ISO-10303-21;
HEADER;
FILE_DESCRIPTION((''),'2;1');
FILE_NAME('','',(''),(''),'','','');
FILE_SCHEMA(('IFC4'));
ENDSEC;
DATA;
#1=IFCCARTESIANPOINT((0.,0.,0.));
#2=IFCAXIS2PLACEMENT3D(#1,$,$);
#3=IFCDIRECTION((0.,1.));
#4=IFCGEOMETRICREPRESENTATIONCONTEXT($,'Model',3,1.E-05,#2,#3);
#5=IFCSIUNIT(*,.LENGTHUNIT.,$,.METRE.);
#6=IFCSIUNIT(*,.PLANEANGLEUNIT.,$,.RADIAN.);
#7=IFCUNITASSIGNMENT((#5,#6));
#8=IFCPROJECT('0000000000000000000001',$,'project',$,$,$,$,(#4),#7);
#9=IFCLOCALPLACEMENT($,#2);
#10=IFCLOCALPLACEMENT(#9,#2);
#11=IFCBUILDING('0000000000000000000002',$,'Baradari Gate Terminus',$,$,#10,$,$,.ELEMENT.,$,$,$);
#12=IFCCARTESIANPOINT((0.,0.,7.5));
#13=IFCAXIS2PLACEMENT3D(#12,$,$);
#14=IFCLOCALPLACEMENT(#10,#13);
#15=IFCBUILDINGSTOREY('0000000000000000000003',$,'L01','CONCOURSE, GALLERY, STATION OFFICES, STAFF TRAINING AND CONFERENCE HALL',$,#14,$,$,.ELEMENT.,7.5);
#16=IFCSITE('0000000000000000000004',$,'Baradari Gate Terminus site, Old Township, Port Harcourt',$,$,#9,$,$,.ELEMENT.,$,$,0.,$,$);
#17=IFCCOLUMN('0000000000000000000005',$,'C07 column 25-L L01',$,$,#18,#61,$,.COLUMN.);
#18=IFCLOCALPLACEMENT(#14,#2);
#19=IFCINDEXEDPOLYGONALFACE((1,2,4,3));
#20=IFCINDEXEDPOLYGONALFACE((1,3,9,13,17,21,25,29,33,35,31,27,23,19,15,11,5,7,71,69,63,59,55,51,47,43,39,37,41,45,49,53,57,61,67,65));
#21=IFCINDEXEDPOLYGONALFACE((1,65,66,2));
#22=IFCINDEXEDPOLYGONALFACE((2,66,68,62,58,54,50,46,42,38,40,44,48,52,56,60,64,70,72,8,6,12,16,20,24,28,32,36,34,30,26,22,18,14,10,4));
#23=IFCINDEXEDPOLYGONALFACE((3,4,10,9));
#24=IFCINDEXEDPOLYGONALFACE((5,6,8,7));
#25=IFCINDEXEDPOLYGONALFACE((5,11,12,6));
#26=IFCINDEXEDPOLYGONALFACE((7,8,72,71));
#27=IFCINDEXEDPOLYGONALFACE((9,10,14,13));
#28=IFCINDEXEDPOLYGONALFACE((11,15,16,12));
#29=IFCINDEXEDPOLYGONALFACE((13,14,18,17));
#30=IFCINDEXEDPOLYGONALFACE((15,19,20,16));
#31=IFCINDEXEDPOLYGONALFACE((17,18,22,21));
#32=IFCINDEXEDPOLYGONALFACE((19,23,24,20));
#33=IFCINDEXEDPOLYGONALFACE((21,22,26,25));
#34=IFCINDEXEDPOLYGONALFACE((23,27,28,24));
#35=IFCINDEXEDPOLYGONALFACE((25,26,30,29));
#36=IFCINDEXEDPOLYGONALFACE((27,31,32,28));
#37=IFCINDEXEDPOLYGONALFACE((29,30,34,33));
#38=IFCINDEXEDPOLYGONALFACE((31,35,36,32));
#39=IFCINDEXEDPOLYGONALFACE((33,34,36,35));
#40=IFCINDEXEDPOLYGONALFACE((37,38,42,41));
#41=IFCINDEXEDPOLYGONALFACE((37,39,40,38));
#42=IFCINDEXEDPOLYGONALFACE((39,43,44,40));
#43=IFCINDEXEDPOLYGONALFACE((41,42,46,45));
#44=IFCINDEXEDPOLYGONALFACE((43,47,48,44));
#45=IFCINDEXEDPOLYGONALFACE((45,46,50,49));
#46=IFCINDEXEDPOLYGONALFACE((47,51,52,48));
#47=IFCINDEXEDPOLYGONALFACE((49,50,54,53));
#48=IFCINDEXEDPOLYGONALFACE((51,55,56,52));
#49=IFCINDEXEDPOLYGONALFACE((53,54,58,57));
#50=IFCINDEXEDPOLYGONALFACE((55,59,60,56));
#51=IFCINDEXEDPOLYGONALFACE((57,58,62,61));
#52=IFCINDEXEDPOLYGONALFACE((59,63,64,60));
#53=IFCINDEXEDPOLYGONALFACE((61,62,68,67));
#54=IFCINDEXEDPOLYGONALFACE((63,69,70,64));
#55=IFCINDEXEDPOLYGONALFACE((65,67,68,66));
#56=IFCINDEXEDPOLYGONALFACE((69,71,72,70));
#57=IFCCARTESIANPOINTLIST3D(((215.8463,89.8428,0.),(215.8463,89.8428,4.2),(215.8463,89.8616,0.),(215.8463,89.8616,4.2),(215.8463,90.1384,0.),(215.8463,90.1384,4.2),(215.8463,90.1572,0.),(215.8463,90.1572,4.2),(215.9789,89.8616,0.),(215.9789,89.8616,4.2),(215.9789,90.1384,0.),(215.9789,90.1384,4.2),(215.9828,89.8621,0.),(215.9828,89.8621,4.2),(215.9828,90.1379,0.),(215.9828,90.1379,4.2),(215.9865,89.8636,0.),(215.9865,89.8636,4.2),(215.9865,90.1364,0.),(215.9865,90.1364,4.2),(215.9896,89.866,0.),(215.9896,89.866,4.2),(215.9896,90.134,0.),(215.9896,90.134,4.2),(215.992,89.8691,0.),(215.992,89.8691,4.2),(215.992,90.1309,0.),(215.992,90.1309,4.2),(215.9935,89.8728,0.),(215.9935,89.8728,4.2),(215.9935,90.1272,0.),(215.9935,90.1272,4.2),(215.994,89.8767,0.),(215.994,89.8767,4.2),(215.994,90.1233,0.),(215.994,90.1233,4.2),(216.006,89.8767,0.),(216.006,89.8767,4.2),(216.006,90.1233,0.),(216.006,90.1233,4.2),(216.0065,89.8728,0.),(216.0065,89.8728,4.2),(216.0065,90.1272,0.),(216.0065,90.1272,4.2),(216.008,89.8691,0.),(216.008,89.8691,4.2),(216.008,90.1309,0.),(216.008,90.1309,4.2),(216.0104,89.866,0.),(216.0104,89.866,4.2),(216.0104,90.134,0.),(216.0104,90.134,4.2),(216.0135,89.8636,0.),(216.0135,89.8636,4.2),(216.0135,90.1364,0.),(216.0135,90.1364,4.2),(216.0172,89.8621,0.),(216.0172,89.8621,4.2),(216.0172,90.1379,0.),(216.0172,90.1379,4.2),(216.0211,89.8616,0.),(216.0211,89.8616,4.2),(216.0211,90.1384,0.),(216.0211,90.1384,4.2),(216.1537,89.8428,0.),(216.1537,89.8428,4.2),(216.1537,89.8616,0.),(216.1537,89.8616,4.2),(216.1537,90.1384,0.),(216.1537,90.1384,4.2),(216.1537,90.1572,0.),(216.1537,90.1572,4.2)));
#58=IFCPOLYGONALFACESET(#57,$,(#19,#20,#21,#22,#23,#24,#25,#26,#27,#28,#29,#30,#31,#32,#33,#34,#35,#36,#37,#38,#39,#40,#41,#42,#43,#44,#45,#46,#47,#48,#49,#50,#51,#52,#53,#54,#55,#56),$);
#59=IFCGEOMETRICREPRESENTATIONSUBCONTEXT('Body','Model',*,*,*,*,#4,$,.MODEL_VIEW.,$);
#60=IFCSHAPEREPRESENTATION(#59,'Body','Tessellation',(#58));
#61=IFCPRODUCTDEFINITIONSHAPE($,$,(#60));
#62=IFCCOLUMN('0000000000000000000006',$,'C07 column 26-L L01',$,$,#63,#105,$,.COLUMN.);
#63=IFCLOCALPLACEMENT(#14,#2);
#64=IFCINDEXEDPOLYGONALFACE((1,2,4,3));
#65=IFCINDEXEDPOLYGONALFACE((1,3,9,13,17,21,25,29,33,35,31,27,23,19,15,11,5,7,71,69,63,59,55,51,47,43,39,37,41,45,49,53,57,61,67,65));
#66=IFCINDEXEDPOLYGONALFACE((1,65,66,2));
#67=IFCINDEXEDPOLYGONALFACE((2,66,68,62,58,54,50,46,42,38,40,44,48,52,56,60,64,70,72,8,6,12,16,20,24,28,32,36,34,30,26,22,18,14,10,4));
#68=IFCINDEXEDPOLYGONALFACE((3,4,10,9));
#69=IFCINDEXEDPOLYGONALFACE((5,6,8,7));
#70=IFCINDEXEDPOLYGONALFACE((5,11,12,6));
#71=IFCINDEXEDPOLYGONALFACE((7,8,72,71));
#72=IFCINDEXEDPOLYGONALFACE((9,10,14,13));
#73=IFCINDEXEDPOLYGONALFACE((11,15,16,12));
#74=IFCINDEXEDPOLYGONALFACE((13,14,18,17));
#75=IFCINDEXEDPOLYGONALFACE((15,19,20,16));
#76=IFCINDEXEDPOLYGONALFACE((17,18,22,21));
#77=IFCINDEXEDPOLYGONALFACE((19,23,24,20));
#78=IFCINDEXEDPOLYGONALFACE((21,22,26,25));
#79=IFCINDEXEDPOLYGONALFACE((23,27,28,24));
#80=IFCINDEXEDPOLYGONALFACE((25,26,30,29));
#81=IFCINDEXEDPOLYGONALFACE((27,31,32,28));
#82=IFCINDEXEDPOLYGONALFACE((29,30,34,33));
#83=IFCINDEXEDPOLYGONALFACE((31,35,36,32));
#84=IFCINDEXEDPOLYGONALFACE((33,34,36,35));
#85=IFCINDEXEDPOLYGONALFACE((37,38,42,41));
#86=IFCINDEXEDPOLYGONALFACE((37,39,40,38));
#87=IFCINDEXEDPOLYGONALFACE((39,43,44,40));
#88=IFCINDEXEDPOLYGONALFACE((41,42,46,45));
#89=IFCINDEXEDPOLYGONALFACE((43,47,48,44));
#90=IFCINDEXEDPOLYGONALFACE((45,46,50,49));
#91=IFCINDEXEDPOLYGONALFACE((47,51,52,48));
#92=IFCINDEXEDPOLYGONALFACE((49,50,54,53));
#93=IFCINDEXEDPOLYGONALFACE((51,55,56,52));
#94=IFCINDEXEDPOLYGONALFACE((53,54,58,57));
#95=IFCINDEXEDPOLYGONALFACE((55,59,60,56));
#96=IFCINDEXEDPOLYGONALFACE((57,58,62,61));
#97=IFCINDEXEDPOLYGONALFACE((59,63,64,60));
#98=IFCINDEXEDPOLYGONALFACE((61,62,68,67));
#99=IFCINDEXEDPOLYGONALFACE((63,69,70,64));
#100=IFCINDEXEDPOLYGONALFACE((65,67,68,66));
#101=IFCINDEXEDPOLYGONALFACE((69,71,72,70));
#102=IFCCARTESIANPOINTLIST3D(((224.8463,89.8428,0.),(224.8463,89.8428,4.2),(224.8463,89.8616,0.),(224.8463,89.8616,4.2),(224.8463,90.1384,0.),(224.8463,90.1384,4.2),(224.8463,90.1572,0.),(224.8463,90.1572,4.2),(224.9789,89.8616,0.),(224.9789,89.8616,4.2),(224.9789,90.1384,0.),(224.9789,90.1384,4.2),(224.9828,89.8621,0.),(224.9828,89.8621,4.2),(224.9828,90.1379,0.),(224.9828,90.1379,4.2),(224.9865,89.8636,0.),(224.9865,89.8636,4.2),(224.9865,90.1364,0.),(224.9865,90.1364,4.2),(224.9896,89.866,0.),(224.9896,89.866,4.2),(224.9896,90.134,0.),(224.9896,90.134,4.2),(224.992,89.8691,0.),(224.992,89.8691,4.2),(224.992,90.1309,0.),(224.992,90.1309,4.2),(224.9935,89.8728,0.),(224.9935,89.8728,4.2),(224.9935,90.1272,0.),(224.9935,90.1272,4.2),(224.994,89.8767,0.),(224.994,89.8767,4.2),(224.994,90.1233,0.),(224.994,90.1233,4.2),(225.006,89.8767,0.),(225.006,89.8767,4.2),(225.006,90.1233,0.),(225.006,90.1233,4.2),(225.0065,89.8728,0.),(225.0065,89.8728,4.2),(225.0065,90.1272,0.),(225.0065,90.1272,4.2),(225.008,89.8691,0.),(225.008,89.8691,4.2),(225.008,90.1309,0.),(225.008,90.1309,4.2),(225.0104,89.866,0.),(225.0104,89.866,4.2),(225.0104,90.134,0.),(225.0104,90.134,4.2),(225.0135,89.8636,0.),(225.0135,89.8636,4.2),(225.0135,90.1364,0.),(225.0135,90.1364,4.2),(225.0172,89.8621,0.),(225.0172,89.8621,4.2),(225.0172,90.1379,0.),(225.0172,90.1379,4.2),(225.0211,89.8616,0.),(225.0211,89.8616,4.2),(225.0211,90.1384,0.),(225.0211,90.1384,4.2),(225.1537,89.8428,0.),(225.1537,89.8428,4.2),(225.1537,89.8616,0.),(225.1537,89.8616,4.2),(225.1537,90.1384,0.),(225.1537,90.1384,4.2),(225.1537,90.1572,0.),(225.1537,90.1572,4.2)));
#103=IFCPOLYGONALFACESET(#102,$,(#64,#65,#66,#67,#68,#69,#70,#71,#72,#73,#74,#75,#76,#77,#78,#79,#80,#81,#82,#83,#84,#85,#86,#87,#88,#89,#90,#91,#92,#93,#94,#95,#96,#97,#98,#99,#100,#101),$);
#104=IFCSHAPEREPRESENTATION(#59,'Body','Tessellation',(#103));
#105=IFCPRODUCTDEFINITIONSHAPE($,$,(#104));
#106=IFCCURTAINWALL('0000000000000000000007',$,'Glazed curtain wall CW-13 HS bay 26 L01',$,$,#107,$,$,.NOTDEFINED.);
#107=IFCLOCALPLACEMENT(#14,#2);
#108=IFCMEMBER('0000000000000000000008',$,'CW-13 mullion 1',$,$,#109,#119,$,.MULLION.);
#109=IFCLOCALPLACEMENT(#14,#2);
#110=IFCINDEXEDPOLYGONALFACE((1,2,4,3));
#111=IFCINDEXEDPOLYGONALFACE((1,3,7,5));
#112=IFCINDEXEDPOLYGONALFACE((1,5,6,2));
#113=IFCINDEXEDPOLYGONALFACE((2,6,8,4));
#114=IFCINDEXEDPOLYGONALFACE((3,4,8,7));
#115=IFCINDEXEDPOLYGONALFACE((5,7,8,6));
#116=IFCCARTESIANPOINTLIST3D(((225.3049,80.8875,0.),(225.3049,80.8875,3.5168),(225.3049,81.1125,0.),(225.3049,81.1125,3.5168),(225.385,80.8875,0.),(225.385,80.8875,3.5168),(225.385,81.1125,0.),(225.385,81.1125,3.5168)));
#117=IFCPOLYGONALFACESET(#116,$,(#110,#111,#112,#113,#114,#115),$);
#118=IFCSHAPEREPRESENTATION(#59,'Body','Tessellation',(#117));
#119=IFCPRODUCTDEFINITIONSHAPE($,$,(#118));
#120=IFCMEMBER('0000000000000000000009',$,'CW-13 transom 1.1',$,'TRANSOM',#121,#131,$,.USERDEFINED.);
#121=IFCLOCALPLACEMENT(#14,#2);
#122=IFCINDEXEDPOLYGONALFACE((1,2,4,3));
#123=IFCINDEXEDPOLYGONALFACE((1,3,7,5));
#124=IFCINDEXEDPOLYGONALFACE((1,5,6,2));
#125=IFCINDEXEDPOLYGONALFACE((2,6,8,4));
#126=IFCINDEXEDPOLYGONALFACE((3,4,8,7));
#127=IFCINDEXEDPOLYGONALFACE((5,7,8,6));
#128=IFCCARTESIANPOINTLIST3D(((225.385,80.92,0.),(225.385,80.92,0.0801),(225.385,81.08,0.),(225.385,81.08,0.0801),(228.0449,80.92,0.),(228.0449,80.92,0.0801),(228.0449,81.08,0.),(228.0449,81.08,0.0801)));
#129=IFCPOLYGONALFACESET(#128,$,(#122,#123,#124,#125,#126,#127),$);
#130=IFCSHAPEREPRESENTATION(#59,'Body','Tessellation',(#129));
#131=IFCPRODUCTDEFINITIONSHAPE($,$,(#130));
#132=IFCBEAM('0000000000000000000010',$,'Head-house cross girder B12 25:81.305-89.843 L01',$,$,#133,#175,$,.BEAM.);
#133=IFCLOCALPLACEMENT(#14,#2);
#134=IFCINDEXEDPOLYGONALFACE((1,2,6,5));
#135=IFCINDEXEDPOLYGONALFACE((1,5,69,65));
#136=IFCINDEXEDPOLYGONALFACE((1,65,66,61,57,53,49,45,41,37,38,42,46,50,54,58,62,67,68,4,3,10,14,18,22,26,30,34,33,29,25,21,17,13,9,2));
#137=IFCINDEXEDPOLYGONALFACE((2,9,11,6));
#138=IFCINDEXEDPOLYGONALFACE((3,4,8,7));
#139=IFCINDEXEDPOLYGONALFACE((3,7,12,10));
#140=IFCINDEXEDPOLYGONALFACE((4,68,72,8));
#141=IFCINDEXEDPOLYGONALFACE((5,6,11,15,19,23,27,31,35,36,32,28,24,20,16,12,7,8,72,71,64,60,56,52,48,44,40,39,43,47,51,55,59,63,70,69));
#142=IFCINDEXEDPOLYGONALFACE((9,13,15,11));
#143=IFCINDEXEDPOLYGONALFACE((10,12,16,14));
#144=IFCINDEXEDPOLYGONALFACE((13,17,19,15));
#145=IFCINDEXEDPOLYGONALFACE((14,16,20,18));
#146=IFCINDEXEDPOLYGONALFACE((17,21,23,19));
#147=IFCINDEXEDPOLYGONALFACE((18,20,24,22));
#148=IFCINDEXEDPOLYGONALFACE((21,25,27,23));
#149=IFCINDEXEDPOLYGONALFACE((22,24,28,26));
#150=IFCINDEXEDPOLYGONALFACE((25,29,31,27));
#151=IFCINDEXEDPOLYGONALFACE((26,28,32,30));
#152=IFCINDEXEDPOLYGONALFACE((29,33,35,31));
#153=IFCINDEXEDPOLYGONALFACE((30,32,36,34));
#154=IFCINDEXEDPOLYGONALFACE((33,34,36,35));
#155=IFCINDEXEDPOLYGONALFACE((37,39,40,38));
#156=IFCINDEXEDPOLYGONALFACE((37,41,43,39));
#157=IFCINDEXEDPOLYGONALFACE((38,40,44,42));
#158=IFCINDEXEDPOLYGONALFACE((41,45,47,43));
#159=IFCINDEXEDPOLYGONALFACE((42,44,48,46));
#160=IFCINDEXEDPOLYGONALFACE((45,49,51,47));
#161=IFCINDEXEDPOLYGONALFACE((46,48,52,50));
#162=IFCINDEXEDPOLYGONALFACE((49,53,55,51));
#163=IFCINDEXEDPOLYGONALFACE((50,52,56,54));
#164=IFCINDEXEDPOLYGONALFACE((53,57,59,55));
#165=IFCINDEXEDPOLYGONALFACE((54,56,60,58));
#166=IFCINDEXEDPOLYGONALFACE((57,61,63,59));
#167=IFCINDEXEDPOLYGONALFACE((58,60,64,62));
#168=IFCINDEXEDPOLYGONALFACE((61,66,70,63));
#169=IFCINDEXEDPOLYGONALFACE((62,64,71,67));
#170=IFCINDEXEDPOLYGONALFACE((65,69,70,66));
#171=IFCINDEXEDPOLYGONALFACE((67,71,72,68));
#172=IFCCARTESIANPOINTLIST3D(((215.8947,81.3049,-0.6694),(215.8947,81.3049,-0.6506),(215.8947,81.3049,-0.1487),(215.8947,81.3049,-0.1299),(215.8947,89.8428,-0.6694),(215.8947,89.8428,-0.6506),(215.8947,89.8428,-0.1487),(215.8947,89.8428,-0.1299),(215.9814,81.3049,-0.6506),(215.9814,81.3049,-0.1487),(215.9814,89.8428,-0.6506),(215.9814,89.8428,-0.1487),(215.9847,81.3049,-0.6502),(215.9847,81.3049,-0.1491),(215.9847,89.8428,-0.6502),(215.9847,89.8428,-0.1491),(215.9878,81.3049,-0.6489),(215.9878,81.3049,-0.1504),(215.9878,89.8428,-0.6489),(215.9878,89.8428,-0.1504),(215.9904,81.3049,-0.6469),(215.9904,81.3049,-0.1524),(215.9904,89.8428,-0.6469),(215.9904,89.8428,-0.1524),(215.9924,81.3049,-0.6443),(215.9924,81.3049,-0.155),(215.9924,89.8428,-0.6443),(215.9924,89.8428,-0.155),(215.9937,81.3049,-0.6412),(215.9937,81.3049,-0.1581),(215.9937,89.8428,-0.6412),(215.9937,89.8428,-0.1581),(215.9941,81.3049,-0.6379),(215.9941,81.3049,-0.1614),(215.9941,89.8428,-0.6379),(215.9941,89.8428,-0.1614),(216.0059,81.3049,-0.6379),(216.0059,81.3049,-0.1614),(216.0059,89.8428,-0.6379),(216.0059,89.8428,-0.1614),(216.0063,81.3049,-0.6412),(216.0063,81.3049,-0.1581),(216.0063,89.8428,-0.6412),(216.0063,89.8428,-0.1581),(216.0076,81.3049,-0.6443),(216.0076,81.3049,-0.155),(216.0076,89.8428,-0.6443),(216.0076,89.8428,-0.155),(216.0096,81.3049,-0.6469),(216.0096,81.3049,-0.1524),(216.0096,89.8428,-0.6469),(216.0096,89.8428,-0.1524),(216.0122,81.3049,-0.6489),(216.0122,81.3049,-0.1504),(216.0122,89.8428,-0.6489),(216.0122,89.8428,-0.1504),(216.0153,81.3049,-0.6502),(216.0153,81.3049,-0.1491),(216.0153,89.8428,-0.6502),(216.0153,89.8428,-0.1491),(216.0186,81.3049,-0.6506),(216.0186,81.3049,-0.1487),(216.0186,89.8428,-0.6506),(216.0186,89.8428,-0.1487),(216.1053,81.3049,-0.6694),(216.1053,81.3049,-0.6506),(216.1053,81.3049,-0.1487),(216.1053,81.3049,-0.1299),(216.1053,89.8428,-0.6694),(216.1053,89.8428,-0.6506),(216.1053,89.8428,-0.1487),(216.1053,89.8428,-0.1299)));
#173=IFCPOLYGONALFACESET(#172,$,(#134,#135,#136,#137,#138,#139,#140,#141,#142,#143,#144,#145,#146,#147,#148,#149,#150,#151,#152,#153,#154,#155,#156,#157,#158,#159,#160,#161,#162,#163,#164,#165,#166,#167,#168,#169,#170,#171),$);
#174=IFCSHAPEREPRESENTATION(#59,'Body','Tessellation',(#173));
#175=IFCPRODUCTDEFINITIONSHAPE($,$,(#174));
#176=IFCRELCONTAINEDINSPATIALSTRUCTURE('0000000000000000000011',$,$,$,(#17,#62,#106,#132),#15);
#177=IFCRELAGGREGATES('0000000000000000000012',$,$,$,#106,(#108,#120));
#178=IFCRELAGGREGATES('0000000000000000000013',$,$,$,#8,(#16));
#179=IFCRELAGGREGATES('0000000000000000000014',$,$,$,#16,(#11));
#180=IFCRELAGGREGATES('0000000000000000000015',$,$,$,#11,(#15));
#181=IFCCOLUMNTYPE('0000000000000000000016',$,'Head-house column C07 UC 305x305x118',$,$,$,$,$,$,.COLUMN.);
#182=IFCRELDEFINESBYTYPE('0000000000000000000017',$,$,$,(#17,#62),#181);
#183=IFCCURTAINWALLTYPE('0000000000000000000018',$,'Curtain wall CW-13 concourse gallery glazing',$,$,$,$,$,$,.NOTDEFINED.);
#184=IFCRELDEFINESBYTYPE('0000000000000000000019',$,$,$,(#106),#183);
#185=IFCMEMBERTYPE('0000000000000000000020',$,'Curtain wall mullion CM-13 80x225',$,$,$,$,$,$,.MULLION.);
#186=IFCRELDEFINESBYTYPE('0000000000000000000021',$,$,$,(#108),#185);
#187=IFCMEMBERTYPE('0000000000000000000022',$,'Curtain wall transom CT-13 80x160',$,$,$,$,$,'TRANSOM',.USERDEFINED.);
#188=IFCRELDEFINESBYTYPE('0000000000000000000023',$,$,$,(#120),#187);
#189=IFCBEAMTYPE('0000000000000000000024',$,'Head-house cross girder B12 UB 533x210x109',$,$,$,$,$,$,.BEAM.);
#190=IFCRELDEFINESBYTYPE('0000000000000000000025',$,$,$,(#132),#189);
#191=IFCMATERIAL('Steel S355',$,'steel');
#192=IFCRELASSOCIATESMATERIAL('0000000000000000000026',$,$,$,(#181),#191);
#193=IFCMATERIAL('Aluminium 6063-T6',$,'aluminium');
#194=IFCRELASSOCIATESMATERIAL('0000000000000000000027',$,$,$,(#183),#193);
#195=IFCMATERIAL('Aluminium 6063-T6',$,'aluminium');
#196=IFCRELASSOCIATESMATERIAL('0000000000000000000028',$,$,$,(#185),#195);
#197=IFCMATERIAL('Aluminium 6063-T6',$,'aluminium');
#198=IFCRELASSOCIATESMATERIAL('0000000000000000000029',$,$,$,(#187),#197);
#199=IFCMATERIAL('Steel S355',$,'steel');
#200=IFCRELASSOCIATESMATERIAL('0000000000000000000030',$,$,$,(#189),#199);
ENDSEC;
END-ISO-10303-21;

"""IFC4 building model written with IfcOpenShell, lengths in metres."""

from ifc_helpers import new_model, si_unit, direction, frame, origin, origin_2d, place, context, subcontext, project, spatial, rectangle, i_section, extrude, material, material_profile, profile_set, type_object, element, aggregate, save


model = new_model("IFC4")

# Units and contexts
model_context = context("Model", 3, precision=1e-05, world=origin(), true_north=direction((0.0, 1.0)))
body_context = subcontext(model_context, "Body", "Model", "MODEL_VIEW")
ifc_project = project(units=[si_unit("LENGTHUNIT", "METRE"), si_unit("PLANEANGLEUNIT", "RADIAN")], contexts=[model_context])

# Site, building, storey
site_placement = place(None, origin())
site = spatial("IfcSite", under=ifc_project, at=site_placement, Name="Baradari Gate Terminus site, Old Township, Port Harcourt", CompositionType="ELEMENT", RefElevation=0.0)
building_placement = place(site_placement, origin())
building = spatial("IfcBuilding", under=site, at=building_placement, Name="Baradari Gate Terminus", CompositionType="ELEMENT")
storey_placement = place(building_placement, frame((0.0, 0.0, 7.5)))
storey = spatial("IfcBuildingStorey", under=building, at=storey_placement, Name="L01", Description="CONCOURSE, GALLERY, STATION OFFICES, STAFF TRAINING AND CONFERENCE HALL", CompositionType="ELEMENT", Elevation=7.5)

# Columns
ifc_material_1 = material(Name="Steel S355", Category="steel")
ifc_material_profile_1 = material_profile(ifc_material_1, i_section(OverallWidth=0.3074, OverallDepth=0.3145, WebThickness=0.012, FlangeThickness=0.0188, FilletRadius=0.0151, at=origin_2d()), Name="UC 305x305x118")
ifc_profile_set_1 = profile_set([ifc_material_profile_1], Name="Steel S355")
column_type = type_object("IfcColumnType", Name="Head-house column C07 UC 305x305x118", PredefinedType="COLUMN", material=ifc_profile_set_1)
for number, where, z_axis, x_axis, name in (
    (1, (216.0, 90.0, 0.0), (0.0, 0.0, 1.0), (1.0, 0.0, 0.0), "C07 column 25-L L01"),
    (2, (225.0, 90.0, 0.0), (0.0, 0.0, 1.0), (1.0, 0.0, 0.0), "C07 column 26-L L01"),
):
    element("IfcColumn", number, at=place(storey_placement, frame(where, z_axis=z_axis, x_axis=x_axis)), inside=storey, type_object=column_type, Name=name, PredefinedType="COLUMN", context=body_context, shape_type="SweptSolid", body=[
        extrude(i_section(OverallWidth=0.3074, OverallDepth=0.3145, WebThickness=0.012, FlangeThickness=0.0188, FilletRadius=0.0151, at=origin_2d()), origin(), (0.0, 0.0, 1.0), 4.2),
    ])

# Curtain wall, members
ifc_material_2 = material(Name="Aluminium 6063-T6", Category="aluminium")
curtain_wall_type = type_object("IfcCurtainWallType", Name="Curtain wall CW-13 concourse gallery glazing", PredefinedType="NOTDEFINED", material=ifc_material_2)
curtain_wall_placement = place(storey_placement, origin())
curtain_wall = element("IfcCurtainWall", 3, at=curtain_wall_placement, inside=storey, type_object=curtain_wall_type, Name="Glazed curtain wall CW-13 HS bay 26 L01", PredefinedType="NOTDEFINED")
ifc_material_3 = material(Name="Aluminium 6063-T6", Category="aluminium")
ifc_material_profile_2 = material_profile(ifc_material_3, rectangle(XDim=0.2251, YDim=0.0801, at=origin_2d()), Name="CM-13 80X225")
ifc_profile_set_2 = profile_set([ifc_material_profile_2], Name="Aluminium 6063-T6")
member_type_1 = type_object("IfcMemberType", Name="Curtain wall mullion CM-13 80x225", PredefinedType="MULLION", material=ifc_profile_set_2)
member_1_placement = place(storey_placement, frame((225.345, 81.0, 0.0), z_axis=(0.0, 0.0, 1.0), x_axis=(0.0, 1.0, 0.0)))
member_1 = element("IfcMember", 4, at=member_1_placement, type_object=member_type_1, Name="CW-13 mullion 1", PredefinedType="MULLION", context=body_context, shape_type="SweptSolid", body=[
    extrude(rectangle(XDim=0.2251, YDim=0.0801, at=origin_2d()), origin(), (0.0, 0.0, 1.0), 3.5168),
])
ifc_material_4 = material(Name="Aluminium 6063-T6", Category="aluminium")
ifc_material_profile_3 = material_profile(ifc_material_4, rectangle(XDim=0.1599, YDim=0.0801, at=origin_2d()), Name="CT-13 80X160")
ifc_profile_set_3 = profile_set([ifc_material_profile_3], Name="Aluminium 6063-T6")
member_type_2 = type_object("IfcMemberType", Name="Curtain wall transom CT-13 80x160", ElementType="TRANSOM", PredefinedType="USERDEFINED", material=ifc_profile_set_3)
member_2_placement = place(storey_placement, frame((225.385, 81.0, 0.04), z_axis=(1.0, 0.0, 0.0), x_axis=(0.0, 1.0, 0.0)))
member_2 = element("IfcMember", 5, at=member_2_placement, type_object=member_type_2, Name="CW-13 transom 1.1", ObjectType="TRANSOM", PredefinedType="USERDEFINED", context=body_context, shape_type="SweptSolid", body=[
    extrude(rectangle(XDim=0.1599, YDim=0.0801, at=origin_2d()), origin(), (0.0, 0.0, 1.0), 2.6599),
])
aggregate(curtain_wall, [member_1, member_2])

# Beam
ifc_material_5 = material(Name="Steel S355", Category="steel")
ifc_material_profile_4 = material_profile(ifc_material_5, i_section(OverallWidth=0.2107, OverallDepth=0.5396, WebThickness=0.0117, FlangeThickness=0.0188, FilletRadius=0.0127, at=origin_2d()), Name="UB 533x210x109")
ifc_profile_set_4 = profile_set([ifc_material_profile_4], Name="Steel S355")
beam_type_1 = type_object("IfcBeamType", Name="Head-house cross girder B12 UB 533x210x109", PredefinedType="BEAM", material=ifc_profile_set_4)
for number, where, z_axis, x_axis, name in (
    (6, (216.0, 81.3049, -0.3997), (0.0, 1.0, 0.0), (-1.0, 0.0, 0.0), "Head-house cross girder B12 25:81.305-89.843 L01"),
):
    element("IfcBeam", number, at=place(storey_placement, frame(where, z_axis=z_axis, x_axis=x_axis)), inside=storey, type_object=beam_type_1, Name=name, PredefinedType="BEAM", context=body_context, shape_type="SweptSolid", body=[
        extrude(i_section(OverallWidth=0.2107, OverallDepth=0.5396, WebThickness=0.0117, FlangeThickness=0.0188, FilletRadius=0.0127, at=origin_2d()), origin(), (0.0, 0.0, 1.0), 8.5378),
    ])

save(model, "model.ifc")
